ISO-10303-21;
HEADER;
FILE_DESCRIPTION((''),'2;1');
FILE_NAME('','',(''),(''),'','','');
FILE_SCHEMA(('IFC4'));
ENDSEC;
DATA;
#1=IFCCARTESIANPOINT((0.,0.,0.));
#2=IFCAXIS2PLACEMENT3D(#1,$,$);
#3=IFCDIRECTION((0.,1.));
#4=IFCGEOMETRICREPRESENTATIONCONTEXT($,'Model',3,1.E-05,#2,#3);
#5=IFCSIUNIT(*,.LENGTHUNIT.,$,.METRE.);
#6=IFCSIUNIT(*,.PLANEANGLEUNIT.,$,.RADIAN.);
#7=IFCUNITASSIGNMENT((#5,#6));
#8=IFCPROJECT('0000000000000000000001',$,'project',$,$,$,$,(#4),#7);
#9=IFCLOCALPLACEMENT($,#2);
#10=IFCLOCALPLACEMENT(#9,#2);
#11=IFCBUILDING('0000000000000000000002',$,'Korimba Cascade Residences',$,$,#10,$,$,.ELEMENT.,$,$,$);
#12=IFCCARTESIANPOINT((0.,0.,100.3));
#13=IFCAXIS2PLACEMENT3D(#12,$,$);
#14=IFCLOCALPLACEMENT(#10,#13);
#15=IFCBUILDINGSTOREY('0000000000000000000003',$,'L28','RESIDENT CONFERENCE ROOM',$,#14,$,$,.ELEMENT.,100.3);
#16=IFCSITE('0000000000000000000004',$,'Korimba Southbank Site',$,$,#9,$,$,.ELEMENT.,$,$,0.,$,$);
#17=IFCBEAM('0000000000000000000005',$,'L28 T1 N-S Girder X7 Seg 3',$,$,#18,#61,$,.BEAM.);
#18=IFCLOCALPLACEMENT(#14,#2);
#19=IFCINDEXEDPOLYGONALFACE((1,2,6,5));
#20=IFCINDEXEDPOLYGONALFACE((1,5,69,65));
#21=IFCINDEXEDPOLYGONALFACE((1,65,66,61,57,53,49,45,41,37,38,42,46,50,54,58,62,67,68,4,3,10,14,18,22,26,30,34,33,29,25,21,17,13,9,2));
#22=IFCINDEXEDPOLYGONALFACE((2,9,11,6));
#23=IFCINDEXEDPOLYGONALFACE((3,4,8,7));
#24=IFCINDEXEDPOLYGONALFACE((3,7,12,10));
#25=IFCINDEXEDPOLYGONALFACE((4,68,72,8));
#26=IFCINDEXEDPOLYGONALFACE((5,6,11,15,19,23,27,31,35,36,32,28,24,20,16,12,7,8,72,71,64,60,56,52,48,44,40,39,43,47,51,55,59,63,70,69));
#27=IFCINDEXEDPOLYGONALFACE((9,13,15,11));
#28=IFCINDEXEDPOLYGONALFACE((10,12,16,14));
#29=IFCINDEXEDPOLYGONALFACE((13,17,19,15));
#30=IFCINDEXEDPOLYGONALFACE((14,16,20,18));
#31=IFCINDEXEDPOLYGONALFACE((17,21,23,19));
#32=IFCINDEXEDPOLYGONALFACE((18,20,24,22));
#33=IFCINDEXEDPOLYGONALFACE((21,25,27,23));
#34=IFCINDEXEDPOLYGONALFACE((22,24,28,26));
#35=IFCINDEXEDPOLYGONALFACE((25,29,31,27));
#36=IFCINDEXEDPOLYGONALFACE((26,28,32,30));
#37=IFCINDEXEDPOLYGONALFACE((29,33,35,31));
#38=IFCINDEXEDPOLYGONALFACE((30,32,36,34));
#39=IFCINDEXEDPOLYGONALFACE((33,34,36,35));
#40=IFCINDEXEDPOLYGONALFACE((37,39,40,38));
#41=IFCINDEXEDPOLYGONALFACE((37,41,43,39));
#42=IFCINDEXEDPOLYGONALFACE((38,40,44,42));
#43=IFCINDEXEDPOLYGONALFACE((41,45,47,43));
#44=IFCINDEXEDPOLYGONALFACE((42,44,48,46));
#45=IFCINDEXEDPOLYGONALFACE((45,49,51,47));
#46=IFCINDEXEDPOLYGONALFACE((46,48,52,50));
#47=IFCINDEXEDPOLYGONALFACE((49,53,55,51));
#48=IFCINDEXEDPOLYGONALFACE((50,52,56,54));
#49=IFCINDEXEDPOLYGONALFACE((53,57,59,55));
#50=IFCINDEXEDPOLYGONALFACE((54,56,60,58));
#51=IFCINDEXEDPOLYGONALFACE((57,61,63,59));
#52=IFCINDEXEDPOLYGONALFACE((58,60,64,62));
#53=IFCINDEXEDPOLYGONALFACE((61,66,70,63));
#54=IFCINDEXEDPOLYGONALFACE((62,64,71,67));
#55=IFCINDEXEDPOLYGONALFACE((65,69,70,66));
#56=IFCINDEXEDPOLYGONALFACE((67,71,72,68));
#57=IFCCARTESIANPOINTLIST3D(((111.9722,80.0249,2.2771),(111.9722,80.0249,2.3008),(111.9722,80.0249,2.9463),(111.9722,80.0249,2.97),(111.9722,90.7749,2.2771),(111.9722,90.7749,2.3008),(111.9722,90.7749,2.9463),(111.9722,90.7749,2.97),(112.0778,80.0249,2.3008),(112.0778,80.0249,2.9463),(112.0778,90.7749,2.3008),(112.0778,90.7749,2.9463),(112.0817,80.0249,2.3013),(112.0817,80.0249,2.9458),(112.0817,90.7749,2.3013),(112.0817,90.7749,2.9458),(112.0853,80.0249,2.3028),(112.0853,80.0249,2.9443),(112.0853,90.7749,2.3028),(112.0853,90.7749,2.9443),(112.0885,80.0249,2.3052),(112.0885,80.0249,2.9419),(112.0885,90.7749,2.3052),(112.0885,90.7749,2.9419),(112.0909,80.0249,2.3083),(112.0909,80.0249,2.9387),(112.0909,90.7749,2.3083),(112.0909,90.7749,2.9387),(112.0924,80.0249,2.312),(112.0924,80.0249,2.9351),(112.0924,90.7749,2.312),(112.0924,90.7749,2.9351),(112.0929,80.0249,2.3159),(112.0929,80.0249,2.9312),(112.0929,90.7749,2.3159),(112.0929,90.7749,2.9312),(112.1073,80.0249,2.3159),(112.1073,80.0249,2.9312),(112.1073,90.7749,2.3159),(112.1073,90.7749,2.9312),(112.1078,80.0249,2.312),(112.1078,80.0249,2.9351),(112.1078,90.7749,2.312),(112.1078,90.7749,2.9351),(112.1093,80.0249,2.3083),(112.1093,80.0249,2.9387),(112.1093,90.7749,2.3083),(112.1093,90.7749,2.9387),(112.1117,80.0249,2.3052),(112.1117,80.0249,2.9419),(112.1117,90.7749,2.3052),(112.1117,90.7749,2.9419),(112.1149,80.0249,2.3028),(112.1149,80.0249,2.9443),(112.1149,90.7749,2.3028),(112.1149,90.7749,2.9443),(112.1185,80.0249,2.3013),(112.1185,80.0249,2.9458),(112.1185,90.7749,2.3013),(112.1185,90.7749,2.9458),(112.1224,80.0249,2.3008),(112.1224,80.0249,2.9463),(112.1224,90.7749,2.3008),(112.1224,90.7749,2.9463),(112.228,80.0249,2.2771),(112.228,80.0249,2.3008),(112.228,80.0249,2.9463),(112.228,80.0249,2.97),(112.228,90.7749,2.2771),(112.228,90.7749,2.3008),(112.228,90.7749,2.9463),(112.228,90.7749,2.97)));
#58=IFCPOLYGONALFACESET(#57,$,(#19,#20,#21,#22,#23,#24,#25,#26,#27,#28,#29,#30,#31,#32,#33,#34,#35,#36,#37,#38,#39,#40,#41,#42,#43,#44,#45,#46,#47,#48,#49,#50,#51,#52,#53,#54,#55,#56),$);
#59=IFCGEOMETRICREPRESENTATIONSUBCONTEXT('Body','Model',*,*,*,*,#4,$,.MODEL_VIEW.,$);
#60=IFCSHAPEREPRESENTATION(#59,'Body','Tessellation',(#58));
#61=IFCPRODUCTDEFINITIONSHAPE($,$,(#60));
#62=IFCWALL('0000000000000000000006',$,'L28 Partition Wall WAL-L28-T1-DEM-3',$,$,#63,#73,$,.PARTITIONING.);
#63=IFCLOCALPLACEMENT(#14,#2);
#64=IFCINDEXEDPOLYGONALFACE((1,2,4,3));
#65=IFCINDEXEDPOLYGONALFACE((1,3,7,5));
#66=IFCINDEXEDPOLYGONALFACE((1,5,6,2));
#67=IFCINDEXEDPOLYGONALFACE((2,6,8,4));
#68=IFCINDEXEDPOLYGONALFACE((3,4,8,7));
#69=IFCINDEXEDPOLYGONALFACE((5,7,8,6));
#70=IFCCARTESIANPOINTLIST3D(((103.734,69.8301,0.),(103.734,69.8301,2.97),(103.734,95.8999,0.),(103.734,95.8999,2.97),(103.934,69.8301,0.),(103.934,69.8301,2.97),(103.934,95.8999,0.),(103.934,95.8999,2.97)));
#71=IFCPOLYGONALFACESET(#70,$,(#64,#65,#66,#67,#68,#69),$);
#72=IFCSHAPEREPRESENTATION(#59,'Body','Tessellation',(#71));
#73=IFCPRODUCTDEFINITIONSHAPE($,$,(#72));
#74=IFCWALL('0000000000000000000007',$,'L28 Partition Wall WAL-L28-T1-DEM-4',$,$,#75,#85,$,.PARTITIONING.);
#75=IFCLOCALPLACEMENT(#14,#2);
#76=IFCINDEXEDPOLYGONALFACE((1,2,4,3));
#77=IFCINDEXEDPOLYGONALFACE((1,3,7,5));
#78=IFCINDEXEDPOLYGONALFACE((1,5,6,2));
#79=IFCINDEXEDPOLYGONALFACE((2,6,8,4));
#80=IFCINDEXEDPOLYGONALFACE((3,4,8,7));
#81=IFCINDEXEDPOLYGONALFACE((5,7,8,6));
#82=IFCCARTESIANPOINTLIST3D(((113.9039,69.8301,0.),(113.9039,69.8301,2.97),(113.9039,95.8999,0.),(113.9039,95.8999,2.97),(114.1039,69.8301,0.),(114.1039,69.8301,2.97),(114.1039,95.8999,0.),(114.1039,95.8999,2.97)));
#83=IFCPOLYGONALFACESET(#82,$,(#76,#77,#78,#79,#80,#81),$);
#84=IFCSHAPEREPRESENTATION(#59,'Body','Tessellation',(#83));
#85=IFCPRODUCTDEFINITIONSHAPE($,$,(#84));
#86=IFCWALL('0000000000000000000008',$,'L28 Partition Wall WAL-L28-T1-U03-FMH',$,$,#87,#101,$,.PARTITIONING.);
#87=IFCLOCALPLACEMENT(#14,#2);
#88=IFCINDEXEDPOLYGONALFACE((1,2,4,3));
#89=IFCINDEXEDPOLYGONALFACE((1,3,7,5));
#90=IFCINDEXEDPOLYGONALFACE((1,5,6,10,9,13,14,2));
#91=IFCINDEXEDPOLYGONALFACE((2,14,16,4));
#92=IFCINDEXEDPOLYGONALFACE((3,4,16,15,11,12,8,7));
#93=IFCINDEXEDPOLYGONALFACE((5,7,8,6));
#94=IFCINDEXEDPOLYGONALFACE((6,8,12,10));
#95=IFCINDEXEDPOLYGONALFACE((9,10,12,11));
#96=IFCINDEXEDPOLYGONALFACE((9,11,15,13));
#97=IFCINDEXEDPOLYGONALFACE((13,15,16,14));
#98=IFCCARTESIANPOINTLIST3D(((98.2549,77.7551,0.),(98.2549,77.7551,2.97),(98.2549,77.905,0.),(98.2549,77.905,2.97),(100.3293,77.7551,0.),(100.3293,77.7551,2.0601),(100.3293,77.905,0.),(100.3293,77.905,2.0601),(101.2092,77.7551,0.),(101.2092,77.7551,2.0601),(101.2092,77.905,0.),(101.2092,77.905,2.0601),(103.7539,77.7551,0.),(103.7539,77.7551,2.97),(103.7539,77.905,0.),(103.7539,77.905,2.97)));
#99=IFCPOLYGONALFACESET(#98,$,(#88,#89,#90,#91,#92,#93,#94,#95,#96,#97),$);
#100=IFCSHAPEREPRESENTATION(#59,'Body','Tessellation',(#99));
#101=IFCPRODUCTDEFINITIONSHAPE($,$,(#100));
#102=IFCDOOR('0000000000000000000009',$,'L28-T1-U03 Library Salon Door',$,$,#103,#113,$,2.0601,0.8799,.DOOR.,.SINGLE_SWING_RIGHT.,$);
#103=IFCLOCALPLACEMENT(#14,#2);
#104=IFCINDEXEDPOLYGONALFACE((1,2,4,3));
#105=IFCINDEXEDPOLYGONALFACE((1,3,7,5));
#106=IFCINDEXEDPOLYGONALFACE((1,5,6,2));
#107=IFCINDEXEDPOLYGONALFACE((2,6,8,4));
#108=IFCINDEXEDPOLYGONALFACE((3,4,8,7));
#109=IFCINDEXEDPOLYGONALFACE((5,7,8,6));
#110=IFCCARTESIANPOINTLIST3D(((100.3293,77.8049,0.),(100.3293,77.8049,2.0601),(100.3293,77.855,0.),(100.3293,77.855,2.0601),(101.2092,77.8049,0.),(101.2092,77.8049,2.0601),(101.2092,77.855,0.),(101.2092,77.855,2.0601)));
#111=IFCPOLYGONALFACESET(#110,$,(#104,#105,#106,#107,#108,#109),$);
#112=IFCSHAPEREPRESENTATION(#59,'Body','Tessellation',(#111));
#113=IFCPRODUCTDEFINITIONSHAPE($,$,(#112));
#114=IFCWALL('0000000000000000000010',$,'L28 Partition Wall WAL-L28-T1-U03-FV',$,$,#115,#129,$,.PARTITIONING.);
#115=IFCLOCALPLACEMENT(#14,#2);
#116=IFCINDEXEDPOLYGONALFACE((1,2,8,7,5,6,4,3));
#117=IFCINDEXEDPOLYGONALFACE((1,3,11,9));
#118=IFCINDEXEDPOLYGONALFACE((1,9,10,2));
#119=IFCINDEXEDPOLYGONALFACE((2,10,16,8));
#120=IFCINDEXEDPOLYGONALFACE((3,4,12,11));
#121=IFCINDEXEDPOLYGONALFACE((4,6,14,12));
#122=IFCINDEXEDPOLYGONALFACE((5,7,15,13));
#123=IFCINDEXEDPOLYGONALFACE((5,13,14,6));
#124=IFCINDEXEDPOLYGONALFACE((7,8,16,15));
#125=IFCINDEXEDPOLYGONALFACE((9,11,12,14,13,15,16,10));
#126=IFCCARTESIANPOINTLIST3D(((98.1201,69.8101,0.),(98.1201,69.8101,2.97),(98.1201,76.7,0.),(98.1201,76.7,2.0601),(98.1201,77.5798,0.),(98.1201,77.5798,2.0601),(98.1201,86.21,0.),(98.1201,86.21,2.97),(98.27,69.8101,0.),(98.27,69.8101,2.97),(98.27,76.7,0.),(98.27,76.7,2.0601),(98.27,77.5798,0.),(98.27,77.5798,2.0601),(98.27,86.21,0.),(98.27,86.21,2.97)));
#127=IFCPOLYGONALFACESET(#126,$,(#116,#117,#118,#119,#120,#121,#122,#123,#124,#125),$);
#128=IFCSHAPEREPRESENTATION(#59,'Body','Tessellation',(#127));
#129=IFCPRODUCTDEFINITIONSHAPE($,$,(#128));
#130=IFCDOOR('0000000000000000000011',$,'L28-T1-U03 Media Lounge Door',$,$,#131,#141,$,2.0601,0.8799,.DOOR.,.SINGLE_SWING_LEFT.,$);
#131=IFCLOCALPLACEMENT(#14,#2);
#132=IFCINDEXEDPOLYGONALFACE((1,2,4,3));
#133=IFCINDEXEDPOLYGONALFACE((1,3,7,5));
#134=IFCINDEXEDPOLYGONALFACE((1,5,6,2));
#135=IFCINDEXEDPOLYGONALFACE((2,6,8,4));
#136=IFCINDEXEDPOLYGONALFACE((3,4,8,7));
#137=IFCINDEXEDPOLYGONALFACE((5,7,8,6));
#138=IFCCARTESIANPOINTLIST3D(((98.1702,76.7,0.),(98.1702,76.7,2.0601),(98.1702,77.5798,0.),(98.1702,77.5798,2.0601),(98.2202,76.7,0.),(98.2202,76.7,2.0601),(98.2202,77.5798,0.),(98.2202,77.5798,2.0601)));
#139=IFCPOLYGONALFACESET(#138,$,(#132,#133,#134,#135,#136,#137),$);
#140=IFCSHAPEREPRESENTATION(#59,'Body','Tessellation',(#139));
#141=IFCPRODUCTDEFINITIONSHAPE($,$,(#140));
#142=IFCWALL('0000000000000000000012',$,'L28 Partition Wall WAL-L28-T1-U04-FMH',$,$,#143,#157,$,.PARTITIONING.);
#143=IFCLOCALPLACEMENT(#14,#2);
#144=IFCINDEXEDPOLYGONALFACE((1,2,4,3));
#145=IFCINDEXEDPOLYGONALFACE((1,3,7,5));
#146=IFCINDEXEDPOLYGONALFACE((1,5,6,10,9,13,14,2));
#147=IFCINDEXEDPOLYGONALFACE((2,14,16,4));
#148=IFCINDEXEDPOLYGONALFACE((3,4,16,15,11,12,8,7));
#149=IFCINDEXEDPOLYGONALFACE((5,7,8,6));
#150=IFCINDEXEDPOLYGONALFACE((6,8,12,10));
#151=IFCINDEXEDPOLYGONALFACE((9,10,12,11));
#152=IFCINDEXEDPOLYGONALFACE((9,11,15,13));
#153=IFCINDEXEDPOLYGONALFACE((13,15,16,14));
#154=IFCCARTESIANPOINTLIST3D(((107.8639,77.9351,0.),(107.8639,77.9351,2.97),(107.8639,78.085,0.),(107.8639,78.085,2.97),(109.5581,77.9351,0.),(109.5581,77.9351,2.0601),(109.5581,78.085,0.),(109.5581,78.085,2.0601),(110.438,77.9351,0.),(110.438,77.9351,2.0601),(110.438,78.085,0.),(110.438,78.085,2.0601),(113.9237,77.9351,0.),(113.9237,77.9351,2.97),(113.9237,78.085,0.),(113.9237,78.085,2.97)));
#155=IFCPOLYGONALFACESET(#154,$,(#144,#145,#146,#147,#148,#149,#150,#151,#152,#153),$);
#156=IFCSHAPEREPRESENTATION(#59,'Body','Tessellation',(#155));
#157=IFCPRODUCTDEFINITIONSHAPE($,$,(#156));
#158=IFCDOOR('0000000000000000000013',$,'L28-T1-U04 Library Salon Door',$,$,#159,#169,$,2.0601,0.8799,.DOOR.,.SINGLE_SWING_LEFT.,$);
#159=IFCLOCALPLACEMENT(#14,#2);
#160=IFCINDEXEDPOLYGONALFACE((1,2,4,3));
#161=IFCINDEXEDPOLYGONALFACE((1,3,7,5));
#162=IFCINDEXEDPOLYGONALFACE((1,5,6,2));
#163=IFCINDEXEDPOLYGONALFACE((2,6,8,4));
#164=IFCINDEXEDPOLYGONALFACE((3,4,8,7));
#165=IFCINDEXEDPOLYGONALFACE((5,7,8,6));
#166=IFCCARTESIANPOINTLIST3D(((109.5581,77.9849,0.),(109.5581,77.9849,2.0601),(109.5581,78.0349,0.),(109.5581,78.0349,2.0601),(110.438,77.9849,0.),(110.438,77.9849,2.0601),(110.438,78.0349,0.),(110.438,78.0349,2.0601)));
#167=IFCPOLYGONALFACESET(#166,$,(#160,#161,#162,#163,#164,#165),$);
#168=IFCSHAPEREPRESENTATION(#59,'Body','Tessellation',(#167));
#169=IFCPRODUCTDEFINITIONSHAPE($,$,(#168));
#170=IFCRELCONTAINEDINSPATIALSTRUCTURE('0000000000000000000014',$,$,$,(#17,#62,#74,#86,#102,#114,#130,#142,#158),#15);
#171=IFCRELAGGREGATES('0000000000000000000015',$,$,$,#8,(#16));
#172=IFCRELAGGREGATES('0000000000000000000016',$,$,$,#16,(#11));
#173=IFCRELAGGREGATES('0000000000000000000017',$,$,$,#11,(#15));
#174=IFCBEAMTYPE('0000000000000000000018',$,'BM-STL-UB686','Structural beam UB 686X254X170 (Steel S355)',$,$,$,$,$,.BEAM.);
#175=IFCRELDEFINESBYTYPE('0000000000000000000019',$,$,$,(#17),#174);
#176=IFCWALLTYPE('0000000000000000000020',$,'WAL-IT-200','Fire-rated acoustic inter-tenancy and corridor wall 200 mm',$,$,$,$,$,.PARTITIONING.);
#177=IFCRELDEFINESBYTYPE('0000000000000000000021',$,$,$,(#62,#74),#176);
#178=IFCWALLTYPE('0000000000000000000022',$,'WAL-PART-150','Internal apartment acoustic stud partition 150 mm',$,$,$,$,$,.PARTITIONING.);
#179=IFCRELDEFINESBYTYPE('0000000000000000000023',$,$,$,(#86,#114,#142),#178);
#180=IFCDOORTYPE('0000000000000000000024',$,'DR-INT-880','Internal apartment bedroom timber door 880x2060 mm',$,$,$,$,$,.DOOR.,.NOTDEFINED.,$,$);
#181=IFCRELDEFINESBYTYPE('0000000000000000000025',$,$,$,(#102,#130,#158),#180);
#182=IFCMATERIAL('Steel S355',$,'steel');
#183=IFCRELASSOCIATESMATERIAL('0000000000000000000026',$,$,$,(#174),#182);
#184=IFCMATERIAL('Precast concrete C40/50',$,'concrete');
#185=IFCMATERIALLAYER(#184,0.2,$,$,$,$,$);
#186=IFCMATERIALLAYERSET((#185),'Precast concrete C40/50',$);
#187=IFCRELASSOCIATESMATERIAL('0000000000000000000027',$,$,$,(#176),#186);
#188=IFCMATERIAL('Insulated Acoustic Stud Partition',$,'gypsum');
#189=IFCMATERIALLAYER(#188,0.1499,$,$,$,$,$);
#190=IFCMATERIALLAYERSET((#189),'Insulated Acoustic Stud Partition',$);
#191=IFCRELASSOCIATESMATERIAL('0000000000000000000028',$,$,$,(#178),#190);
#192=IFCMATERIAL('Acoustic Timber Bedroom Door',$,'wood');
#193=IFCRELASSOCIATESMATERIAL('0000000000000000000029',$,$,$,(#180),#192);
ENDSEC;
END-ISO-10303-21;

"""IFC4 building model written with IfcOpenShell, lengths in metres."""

from ifc_helpers import new_model, si_unit, direction, frame, frame_2d, origin, origin_2d, place, context, subcontext, project, spatial, rectangle, i_section, extrude, material, layer, layer_set, material_profile, profile_set, type_object, element, fill, save


model = new_model("IFC4")

# Units and contexts
model_context = context("Model", 3, precision=1e-05, world=origin(), true_north=direction((0.0, 1.0)))
body_context = subcontext(model_context, "Body", "Model", "MODEL_VIEW")
ifc_project = project(units=[si_unit("LENGTHUNIT", "METRE"), si_unit("PLANEANGLEUNIT", "RADIAN")], contexts=[model_context])

# Site, building, storey
site_placement = place(None, origin())
site = spatial("IfcSite", under=ifc_project, at=site_placement, Name="Korimba Southbank Site", CompositionType="ELEMENT", RefElevation=0.0)
building_placement = place(site_placement, origin())
building = spatial("IfcBuilding", under=site, at=building_placement, Name="Korimba Cascade Residences", CompositionType="ELEMENT")
storey_placement = place(building_placement, frame((0.0, 0.0, 100.3)))
storey = spatial("IfcBuildingStorey", under=building, at=storey_placement, Name="L28", Description="RESIDENT CONFERENCE ROOM", CompositionType="ELEMENT", Elevation=100.3)

# Beam
ifc_material_1 = material(Name="Steel S355", Category="steel")
ifc_material_profile_1 = material_profile(ifc_material_1, i_section(OverallWidth=0.2559, OverallDepth=0.6929, WebThickness=0.0144, FlangeThickness=0.0237, FilletRadius=0.0151, at=origin_2d()), Name="Steel S355")
ifc_profile_set_1 = profile_set([ifc_material_profile_1], Name="Steel S355")
beam_type_1 = type_object("IfcBeamType", Name="BM-STL-UB686", Description="Structural beam UB 686X254X170 (Steel S355)", PredefinedType="BEAM", material=ifc_profile_set_1)
for number, where, z_axis, x_axis, name in (
    (1, (112.1001, 80.0249, 2.6235), (0.0, 1.0, 0.0), (-1.0, 0.0, 0.0), "L28 T1 N-S Girder X7 Seg 3"),
):
    element("IfcBeam", number, at=place(storey_placement, frame(where, z_axis=z_axis, x_axis=x_axis)), inside=storey, type_object=beam_type_1, Name=name, PredefinedType="BEAM", context=body_context, shape_type="SweptSolid", body=[
        extrude(i_section(OverallWidth=0.2559, OverallDepth=0.6929, WebThickness=0.0144, FlangeThickness=0.0237, FilletRadius=0.0151, at=origin_2d()), origin(), (0.0, 0.0, 1.0), 10.75),
    ])

# Walls
ifc_material_2 = material(Name="Precast concrete C40/50", Category="concrete")
ifc_layer_1 = layer(ifc_material_2, 0.2)
ifc_layer_set_1 = layer_set([ifc_layer_1], Name="Precast concrete C40/50")
wall_type_1 = type_object("IfcWallType", Name="WAL-IT-200", Description="Fire-rated acoustic inter-tenancy and corridor wall 200 mm", PredefinedType="PARTITIONING", material=ifc_layer_set_1)
for number, where, z_axis, x_axis, name in (
    (2, (103.834, 69.8301, 0.0), (0.0, 0.0, 1.0), (0.0, 1.0, 0.0), "L28 Partition Wall WAL-L28-T1-DEM-3"),
    (3, (114.0039, 69.8301, 0.0), (0.0, 0.0, 1.0), (0.0, 1.0, 0.0), "L28 Partition Wall WAL-L28-T1-DEM-4"),
):
    element("IfcWall", number, at=place(storey_placement, frame(where, z_axis=z_axis, x_axis=x_axis)), inside=storey, type_object=wall_type_1, Name=name, PredefinedType="PARTITIONING", context=body_context, shape_type="SweptSolid", body=[
        extrude(rectangle(XDim=26.0698, YDim=0.2, at=frame_2d((13.0349, 0.0))), origin(), (0.0, 0.0, 1.0), 2.97),
    ])

# Walls, openings, doors
ifc_material_3 = material(Name="Insulated Acoustic Stud Partition", Category="gypsum")
ifc_layer_2 = layer(ifc_material_3, 0.1499)
ifc_layer_set_2 = layer_set([ifc_layer_2], Name="Insulated Acoustic Stud Partition")
wall_type_2 = type_object("IfcWallType", Name="WAL-PART-150", Description="Internal apartment acoustic stud partition 150 mm", PredefinedType="PARTITIONING", material=ifc_layer_set_2)
wall_1_placement = place(storey_placement, frame((98.2549, 77.8301, 0.0), z_axis=(0.0, 0.0, 1.0), x_axis=(1.0, 0.0, 0.0)))
wall_1 = element("IfcWall", 4, at=wall_1_placement, inside=storey, type_object=wall_type_2, Name="L28 Partition Wall WAL-L28-T1-U03-FMH", PredefinedType="PARTITIONING", context=body_context, shape_type="SweptSolid", body=[
    extrude(rectangle(XDim=5.499, YDim=0.1499, at=frame_2d((2.7495, 0.0))), origin(), (0.0, 0.0, 1.0), 2.97),
])
opening_1_placement = place(wall_1_placement, frame((2.0745, 0.0, 0.0)))
opening_1 = element("IfcOpeningElement", 5, at=opening_1_placement, cuts=wall_1, PredefinedType="OPENING", context=body_context, shape_type="SweptSolid", body=[
    extrude(rectangle(XDim=0.8799, YDim=2.0601, at=frame_2d((0.4399, 1.03))), frame((0.0, 0.085, 0.0), z_axis=(0.0, -1.0, 0.0), x_axis=(1.0, 0.0, 0.0)), (0.0, 0.0, 1.0), 0.1699),
])
ifc_material_4 = material(Name="Acoustic Timber Bedroom Door", Category="wood")
door_type_1 = type_object("IfcDoorType", Name="DR-INT-880", Description="Internal apartment bedroom timber door 880x2060 mm", OperationType="NOTDEFINED", PredefinedType="DOOR", material=ifc_material_4)
door_1_placement = place(opening_1_placement, origin())
door_1 = element("IfcDoor", 6, at=door_1_placement, inside=storey, type_object=door_type_1, Name="L28-T1-U03 Library Salon Door", OperationType="SINGLE_SWING_RIGHT", OverallHeight=2.0601, OverallWidth=0.8799, PredefinedType="DOOR", context=body_context, shape_type="SweptSolid", body=[
    extrude(rectangle(XDim=0.8799, YDim=2.0601, at=frame_2d((0.4399, 1.03))), frame((0.0, 0.0249, 0.0), z_axis=(0.0, -1.0, 0.0), x_axis=(1.0, 0.0, 0.0)), (0.0, 0.0, 1.0), 0.05),
])
fill(opening_1, door_1)
wall_2_placement = place(storey_placement, frame((98.1951, 69.8101, 0.0), z_axis=(0.0, 0.0, 1.0), x_axis=(0.0, 1.0, 0.0)))
wall_2 = element("IfcWall", 7, at=wall_2_placement, inside=storey, type_object=wall_type_2, Name="L28 Partition Wall WAL-L28-T1-U03-FV", PredefinedType="PARTITIONING", context=body_context, shape_type="SweptSolid", body=[
    extrude(rectangle(XDim=16.3999, YDim=0.1499, at=frame_2d((8.2, 0.0))), origin(), (0.0, 0.0, 1.0), 2.97),
])
opening_2_placement = place(wall_2_placement, frame((6.8899, 0.0, 0.0)))
opening_2 = element("IfcOpeningElement", 8, at=opening_2_placement, cuts=wall_2, PredefinedType="OPENING", context=body_context, shape_type="SweptSolid", body=[
    extrude(rectangle(XDim=0.8799, YDim=2.0601, at=frame_2d((0.4399, 1.03))), frame((0.0, 0.085, 0.0), z_axis=(0.0, -1.0, 0.0), x_axis=(1.0, 0.0, 0.0)), (0.0, 0.0, 1.0), 0.1699),
])
door_2_placement = place(opening_2_placement, origin())
door_2 = element("IfcDoor", 9, at=door_2_placement, inside=storey, type_object=door_type_1, Name="L28-T1-U03 Media Lounge Door", OperationType="SINGLE_SWING_LEFT", OverallHeight=2.0601, OverallWidth=0.8799, PredefinedType="DOOR", context=body_context, shape_type="SweptSolid", body=[
    extrude(rectangle(XDim=0.8799, YDim=2.0601, at=frame_2d((0.4399, 1.03))), frame((0.0, 0.0249, 0.0), z_axis=(0.0, -1.0, 0.0), x_axis=(1.0, 0.0, 0.0)), (0.0, 0.0, 1.0), 0.05),
])
fill(opening_2, door_2)
wall_3_placement = place(storey_placement, frame((107.864, 78.01, 0.0), z_axis=(0.0, 0.0, 1.0), x_axis=(1.0, 0.0, 0.0)))
wall_3 = element("IfcWall", 10, at=wall_3_placement, inside=storey, type_object=wall_type_2, Name="L28 Partition Wall WAL-L28-T1-U04-FMH", PredefinedType="PARTITIONING", context=body_context, shape_type="SweptSolid", body=[
    extrude(rectangle(XDim=6.0598, YDim=0.1499, at=frame_2d((3.0298, 0.0))), origin(), (0.0, 0.0, 1.0), 2.97),
])
opening_3_placement = place(wall_3_placement, frame((1.6941, 0.0, 0.0)))
opening_3 = element("IfcOpeningElement", 11, at=opening_3_placement, cuts=wall_3, PredefinedType="OPENING", context=body_context, shape_type="SweptSolid", body=[
    extrude(rectangle(XDim=0.8799, YDim=2.0601, at=frame_2d((0.4399, 1.03))), frame((0.0, 0.085, 0.0), z_axis=(0.0, -1.0, 0.0), x_axis=(1.0, 0.0, 0.0)), (0.0, 0.0, 1.0), 0.1699),
])
door_3_placement = place(opening_3_placement, origin())
door_3 = element("IfcDoor", 12, at=door_3_placement, inside=storey, type_object=door_type_1, Name="L28-T1-U04 Library Salon Door", OperationType="SINGLE_SWING_LEFT", OverallHeight=2.0601, OverallWidth=0.8799, PredefinedType="DOOR", context=body_context, shape_type="SweptSolid", body=[
    extrude(rectangle(XDim=0.8799, YDim=2.0601, at=frame_2d((0.4399, 1.03))), frame((0.0, 0.0249, 0.0), z_axis=(0.0, -1.0, 0.0), x_axis=(1.0, 0.0, 0.0)), (0.0, 0.0, 1.0), 0.05),
])
fill(opening_3, door_3)

save(model, "model.ifc")
